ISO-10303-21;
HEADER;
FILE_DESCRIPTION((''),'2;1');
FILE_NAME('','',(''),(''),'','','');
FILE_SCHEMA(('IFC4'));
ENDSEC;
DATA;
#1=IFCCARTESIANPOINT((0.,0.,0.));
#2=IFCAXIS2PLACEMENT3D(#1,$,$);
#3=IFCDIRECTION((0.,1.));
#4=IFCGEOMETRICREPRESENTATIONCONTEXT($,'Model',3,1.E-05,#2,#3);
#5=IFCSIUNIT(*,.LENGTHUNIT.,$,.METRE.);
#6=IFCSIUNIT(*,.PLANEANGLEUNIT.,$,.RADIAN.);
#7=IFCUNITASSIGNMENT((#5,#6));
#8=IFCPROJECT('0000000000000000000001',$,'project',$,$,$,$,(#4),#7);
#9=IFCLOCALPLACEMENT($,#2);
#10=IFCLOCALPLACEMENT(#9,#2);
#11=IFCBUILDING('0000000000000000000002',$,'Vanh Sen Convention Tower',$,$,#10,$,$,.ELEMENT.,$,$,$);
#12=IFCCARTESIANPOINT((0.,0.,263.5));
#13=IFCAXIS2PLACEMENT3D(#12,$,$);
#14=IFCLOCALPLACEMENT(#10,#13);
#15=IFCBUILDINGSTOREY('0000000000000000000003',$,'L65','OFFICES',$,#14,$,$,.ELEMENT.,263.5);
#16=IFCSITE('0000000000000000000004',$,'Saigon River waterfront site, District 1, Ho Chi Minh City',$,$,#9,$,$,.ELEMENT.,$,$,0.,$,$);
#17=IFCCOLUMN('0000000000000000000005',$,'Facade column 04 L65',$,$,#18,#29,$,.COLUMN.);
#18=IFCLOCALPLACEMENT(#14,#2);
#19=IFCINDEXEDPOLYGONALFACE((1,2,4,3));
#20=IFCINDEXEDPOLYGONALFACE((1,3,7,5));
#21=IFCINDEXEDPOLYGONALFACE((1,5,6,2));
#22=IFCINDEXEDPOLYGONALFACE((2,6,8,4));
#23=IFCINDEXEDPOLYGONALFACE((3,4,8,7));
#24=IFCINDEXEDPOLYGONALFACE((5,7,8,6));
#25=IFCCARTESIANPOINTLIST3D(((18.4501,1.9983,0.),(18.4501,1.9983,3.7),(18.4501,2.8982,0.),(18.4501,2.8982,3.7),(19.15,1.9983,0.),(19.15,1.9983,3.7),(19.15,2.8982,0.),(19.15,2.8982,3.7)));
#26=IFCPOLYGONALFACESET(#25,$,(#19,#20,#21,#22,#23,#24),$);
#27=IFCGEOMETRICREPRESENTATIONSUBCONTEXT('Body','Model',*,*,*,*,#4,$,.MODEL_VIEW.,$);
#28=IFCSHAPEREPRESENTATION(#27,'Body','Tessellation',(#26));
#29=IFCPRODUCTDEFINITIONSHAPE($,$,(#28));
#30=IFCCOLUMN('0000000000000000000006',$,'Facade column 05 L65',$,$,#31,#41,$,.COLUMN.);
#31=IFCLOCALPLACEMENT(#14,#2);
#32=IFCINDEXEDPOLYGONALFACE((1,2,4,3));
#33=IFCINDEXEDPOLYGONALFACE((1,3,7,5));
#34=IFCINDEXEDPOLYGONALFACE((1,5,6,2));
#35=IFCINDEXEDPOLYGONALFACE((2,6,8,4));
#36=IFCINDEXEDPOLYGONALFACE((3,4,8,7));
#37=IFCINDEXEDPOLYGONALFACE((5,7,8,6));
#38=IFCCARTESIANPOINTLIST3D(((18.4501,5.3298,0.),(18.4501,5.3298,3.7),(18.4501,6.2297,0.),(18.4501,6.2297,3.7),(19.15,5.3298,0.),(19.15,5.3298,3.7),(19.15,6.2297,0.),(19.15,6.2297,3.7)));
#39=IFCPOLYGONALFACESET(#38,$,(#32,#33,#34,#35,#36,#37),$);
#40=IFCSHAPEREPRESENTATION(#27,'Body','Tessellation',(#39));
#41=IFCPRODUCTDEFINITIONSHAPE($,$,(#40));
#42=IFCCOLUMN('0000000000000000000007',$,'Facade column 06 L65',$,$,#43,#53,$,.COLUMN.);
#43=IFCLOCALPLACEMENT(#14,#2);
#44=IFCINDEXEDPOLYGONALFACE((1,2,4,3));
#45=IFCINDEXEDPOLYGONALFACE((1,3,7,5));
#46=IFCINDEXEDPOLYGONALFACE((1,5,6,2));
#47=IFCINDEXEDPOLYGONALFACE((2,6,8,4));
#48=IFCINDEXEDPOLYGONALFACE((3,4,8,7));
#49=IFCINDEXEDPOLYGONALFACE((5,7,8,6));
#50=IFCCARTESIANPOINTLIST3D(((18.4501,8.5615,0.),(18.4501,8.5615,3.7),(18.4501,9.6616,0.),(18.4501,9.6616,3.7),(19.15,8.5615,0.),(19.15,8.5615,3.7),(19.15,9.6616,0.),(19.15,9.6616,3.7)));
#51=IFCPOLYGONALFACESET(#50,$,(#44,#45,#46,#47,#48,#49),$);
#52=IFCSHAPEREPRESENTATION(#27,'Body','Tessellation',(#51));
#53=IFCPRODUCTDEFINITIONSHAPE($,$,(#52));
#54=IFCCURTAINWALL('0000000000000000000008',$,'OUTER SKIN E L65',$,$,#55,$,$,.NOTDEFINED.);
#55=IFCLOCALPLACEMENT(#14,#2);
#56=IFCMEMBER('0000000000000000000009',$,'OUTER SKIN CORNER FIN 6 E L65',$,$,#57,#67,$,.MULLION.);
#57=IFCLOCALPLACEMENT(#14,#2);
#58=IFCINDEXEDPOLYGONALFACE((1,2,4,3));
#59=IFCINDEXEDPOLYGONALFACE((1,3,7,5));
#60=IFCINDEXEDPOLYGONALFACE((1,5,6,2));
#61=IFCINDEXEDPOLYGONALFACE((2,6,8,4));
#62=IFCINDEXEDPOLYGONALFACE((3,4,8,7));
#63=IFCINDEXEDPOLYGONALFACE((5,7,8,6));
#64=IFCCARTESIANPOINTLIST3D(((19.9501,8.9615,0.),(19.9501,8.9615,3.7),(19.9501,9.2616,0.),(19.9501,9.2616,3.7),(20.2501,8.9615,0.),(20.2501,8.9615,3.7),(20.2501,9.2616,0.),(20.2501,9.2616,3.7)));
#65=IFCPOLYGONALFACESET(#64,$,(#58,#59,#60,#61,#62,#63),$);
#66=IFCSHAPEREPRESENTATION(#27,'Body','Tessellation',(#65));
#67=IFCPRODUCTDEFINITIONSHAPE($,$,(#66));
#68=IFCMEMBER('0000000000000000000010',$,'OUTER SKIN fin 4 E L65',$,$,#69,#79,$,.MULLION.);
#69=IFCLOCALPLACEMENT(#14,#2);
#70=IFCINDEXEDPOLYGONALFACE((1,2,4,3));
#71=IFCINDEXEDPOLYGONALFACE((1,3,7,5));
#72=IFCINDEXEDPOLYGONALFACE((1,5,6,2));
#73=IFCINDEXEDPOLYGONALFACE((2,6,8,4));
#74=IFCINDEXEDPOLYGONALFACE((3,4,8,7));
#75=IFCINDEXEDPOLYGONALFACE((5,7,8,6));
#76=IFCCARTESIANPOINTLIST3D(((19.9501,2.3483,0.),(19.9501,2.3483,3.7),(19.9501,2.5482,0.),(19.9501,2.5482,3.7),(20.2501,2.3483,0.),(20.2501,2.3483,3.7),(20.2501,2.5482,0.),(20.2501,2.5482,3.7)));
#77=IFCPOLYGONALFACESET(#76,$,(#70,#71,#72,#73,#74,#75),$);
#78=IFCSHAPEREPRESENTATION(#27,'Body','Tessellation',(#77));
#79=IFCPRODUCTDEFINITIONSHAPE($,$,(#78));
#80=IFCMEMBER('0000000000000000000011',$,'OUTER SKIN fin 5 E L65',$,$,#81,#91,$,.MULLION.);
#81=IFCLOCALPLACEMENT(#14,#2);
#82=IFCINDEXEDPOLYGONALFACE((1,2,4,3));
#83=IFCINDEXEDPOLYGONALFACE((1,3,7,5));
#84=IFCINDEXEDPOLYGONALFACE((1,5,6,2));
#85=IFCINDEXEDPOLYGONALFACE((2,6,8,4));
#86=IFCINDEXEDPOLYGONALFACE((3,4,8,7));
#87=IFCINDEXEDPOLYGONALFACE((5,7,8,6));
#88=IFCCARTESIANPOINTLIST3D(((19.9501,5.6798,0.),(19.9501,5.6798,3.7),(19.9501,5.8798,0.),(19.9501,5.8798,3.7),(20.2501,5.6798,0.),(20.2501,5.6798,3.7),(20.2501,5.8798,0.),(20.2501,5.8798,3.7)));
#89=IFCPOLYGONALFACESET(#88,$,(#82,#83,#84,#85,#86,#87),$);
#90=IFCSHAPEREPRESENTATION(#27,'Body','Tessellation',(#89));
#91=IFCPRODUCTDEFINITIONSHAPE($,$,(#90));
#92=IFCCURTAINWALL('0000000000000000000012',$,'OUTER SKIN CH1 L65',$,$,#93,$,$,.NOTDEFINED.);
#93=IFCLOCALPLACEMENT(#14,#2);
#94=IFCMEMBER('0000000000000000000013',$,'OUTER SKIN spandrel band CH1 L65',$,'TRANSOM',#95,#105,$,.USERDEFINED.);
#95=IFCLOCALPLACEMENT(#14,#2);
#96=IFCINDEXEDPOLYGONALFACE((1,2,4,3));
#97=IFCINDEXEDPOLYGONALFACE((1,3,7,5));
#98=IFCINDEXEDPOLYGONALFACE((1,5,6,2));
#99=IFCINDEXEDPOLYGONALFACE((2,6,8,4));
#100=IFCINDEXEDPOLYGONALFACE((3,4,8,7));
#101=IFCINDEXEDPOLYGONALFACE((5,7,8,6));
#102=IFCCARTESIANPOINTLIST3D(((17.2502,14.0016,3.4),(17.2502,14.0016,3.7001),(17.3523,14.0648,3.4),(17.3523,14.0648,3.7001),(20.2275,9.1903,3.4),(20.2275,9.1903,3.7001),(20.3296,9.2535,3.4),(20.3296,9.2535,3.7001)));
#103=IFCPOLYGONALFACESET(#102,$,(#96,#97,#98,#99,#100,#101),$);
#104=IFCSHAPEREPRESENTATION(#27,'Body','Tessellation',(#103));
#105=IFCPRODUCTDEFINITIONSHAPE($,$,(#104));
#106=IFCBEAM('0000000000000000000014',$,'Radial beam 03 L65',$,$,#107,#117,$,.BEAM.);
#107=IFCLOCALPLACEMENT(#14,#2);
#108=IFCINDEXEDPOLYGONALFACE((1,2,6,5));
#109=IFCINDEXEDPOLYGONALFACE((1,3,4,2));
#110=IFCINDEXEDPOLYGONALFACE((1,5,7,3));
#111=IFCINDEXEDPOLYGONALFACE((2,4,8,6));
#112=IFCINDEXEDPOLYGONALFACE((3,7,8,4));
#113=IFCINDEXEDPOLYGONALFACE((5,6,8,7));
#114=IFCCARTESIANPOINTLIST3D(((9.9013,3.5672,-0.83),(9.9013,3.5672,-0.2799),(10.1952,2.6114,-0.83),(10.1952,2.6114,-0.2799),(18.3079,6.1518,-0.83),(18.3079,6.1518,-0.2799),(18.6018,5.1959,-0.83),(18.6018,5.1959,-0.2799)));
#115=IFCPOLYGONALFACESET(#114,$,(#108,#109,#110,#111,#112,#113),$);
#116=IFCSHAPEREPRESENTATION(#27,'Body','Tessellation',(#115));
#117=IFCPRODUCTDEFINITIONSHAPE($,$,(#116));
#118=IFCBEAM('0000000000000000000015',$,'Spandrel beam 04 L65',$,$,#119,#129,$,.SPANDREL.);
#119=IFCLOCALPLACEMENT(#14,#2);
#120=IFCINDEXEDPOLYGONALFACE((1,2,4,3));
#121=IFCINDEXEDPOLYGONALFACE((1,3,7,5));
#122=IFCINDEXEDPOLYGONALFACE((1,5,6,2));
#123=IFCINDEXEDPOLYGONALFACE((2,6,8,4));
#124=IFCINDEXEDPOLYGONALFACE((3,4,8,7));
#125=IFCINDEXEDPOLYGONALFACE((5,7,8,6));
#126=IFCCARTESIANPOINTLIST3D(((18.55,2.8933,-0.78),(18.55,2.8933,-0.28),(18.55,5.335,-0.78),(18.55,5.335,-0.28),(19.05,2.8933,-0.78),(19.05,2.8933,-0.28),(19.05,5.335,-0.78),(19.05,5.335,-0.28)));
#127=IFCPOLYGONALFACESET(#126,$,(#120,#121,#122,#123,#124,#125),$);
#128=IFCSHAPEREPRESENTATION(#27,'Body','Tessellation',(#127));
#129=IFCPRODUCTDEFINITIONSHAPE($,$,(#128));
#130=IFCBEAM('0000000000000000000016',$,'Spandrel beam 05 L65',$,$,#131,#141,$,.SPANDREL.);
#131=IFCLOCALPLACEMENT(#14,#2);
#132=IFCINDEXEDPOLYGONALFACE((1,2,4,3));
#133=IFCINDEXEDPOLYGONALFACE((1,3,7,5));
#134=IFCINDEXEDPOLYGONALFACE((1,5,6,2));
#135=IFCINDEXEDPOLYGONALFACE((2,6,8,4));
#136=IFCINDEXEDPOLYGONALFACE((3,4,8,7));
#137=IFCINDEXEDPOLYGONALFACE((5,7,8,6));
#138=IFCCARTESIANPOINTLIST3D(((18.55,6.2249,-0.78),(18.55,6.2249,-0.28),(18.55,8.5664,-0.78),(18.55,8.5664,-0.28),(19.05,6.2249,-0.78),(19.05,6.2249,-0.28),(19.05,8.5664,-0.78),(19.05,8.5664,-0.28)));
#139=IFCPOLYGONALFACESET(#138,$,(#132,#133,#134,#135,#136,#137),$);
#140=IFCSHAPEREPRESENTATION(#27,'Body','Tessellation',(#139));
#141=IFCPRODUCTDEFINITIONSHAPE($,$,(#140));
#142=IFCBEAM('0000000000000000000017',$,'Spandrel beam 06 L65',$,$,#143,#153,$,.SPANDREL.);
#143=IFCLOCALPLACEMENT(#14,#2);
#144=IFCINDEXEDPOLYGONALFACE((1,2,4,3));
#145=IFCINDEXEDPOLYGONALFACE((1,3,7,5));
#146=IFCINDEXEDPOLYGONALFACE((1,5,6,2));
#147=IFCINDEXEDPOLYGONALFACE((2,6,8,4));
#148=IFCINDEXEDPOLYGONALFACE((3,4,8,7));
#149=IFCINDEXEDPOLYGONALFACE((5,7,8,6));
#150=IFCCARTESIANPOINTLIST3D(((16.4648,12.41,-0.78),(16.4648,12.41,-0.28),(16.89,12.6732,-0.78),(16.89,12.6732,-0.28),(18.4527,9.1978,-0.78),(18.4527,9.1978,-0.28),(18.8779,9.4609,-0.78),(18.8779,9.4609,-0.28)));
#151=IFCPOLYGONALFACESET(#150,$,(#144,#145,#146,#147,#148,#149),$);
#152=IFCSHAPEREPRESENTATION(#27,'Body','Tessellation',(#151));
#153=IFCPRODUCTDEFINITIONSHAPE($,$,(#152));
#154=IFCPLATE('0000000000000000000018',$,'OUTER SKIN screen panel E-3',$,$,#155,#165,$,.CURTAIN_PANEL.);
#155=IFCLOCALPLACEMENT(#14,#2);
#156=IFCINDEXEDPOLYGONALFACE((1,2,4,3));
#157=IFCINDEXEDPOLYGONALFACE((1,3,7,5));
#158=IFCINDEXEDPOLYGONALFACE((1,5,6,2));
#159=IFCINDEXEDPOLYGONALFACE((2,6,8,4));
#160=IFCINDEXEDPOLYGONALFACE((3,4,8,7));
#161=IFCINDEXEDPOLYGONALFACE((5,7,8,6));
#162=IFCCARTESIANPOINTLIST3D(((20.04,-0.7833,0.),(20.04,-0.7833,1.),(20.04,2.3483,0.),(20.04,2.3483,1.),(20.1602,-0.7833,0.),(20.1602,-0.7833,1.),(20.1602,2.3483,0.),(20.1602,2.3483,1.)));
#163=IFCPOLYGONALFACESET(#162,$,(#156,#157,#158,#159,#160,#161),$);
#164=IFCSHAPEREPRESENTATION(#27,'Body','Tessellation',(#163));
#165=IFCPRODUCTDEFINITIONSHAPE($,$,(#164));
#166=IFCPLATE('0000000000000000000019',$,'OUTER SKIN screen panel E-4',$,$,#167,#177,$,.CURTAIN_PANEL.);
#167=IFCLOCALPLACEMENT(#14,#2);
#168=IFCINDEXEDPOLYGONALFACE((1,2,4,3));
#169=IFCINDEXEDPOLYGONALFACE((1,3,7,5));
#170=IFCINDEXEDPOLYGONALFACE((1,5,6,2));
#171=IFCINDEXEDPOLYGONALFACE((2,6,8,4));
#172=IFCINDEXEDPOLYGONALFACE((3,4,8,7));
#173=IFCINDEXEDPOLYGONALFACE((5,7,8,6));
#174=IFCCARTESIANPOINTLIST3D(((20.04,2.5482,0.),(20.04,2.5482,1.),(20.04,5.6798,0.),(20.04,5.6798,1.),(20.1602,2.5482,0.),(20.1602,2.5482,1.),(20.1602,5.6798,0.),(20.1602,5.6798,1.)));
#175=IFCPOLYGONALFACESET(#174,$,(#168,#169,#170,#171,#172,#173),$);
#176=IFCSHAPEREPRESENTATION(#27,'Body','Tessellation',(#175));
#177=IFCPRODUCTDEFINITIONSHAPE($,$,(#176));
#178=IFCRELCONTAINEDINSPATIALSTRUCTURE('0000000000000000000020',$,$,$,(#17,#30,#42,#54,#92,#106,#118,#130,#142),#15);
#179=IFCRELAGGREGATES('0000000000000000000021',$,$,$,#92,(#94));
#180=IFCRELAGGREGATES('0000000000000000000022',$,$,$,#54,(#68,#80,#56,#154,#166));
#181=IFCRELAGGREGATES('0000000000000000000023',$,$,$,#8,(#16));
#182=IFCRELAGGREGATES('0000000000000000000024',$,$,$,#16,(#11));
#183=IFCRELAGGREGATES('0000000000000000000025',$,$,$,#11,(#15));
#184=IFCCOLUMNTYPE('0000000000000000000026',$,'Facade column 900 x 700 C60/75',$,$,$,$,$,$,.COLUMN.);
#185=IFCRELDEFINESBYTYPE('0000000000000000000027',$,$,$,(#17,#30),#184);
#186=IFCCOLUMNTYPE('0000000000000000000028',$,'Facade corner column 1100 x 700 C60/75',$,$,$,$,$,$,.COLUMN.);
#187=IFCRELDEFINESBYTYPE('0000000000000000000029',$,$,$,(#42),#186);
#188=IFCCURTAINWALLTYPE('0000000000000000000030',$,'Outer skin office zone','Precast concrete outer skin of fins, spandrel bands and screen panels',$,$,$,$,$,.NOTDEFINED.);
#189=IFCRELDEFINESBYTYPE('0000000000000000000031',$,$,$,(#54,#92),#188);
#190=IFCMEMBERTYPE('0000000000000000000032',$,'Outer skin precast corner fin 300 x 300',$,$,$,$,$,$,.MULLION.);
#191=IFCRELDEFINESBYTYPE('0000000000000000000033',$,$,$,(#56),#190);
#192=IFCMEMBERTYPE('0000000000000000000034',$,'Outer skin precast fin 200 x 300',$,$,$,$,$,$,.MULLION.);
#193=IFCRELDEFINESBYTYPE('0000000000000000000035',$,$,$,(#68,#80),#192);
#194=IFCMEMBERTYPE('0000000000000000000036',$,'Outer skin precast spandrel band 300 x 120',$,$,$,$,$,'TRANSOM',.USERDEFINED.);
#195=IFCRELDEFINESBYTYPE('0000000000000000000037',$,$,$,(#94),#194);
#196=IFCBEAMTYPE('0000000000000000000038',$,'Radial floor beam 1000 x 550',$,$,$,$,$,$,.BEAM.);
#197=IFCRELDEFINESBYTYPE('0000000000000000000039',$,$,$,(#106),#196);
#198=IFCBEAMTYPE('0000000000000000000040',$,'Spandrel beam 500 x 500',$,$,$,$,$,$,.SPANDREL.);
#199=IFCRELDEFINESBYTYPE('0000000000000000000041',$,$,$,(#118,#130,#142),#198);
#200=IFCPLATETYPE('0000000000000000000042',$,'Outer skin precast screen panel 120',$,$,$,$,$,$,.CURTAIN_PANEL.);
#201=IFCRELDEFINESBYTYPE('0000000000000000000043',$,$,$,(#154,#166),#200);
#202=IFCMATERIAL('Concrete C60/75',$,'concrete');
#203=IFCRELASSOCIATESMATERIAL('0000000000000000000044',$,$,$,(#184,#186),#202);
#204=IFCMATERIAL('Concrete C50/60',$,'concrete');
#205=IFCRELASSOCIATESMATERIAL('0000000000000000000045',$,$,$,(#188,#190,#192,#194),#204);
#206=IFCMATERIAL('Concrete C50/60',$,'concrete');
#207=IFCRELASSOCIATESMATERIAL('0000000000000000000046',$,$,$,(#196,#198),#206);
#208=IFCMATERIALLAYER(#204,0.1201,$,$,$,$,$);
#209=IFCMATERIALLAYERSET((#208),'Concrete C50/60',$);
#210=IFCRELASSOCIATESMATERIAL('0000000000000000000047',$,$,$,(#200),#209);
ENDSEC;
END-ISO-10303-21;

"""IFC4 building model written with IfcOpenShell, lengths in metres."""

from ifc_helpers import new_model, si_unit, direction, frame, origin, origin_2d, place, context, subcontext, project, spatial, rectangle, extrude, material, layer, layer_set, material_profile, profile_set, type_object, element, aggregate, save


model = new_model("IFC4")

# Units and contexts
model_context = context("Model", 3, precision=1e-05, world=origin(), true_north=direction((0.0, 1.0)))
body_context = subcontext(model_context, "Body", "Model", "MODEL_VIEW")
ifc_project = project(units=[si_unit("LENGTHUNIT", "METRE"), si_unit("PLANEANGLEUNIT", "RADIAN")], contexts=[model_context])

# Site, building, storey
site_placement = place(None, origin())
site = spatial("IfcSite", under=ifc_project, at=site_placement, Name="Saigon River waterfront site, District 1, Ho Chi Minh City", CompositionType="ELEMENT", RefElevation=0.0)
building_placement = place(site_placement, origin())
building = spatial("IfcBuilding", under=site, at=building_placement, Name="Vanh Sen Convention Tower", CompositionType="ELEMENT")
storey_placement = place(building_placement, frame((0.0, 0.0, 263.5)))
storey = spatial("IfcBuildingStorey", under=building, at=storey_placement, Name="L65", Description="OFFICES", CompositionType="ELEMENT", Elevation=263.5)

# Columns
ifc_material_1 = material(Name="Concrete C60/75", Category="concrete")
ifc_material_profile_1 = material_profile(ifc_material_1, rectangle(XDim=0.8999, YDim=0.7, at=origin_2d()), Name="RC 900X700")
ifc_profile_set_1 = profile_set([ifc_material_profile_1], Name="Concrete C60/75")
column_type_1 = type_object("IfcColumnType", Name="Facade column 900 x 700 C60/75", PredefinedType="COLUMN", material=ifc_profile_set_1)
for number, where, z_axis, x_axis, name in (
    (1, (18.8, 2.4482, 0.0), (0.0, 0.0, 1.0), (0.0, 1.0, 0.0), "Facade column 04 L65"),
    (2, (18.8, 5.7798, 0.0), (0.0, 0.0, 1.0), (0.0, 1.0, 0.0), "Facade column 05 L65"),
):
    element("IfcColumn", number, at=place(storey_placement, frame(where, z_axis=z_axis, x_axis=x_axis)), inside=storey, type_object=column_type_1, Name=name, PredefinedType="COLUMN", context=body_context, shape_type="SweptSolid", body=[
        extrude(rectangle(XDim=0.8999, YDim=0.7, at=origin_2d()), origin(), (0.0, 0.0, 1.0), 3.7),
    ])
ifc_material_profile_2 = material_profile(ifc_material_1, rectangle(XDim=1.1001, YDim=0.7, at=origin_2d()), Name="RC 1100X700")
ifc_profile_set_2 = profile_set([ifc_material_profile_2], Name="Concrete C60/75")
column_type_2 = type_object("IfcColumnType", Name="Facade corner column 1100 x 700 C60/75", PredefinedType="COLUMN", material=ifc_profile_set_2)
column_placement = place(storey_placement, frame((18.8, 9.1116, 0.0), z_axis=(0.0, 0.0, 1.0), x_axis=(0.0, 1.0, 0.0)))
element("IfcColumn", 3, at=column_placement, inside=storey, type_object=column_type_2, Name="Facade column 06 L65", PredefinedType="COLUMN", context=body_context, shape_type="SweptSolid", body=[
    extrude(rectangle(XDim=1.1001, YDim=0.7, at=origin_2d()), origin(), (0.0, 0.0, 1.0), 3.7),
])

# Curtain wall, members
ifc_material_2 = material(Name="Concrete C50/60", Category="concrete")
curtain_wall_type = type_object("IfcCurtainWallType", Name="Outer skin office zone", Description="Precast concrete outer skin of fins, spandrel bands and screen panels", PredefinedType="NOTDEFINED", material=ifc_material_2)
curtain_wall_1_placement = place(storey_placement, origin())
curtain_wall_1 = element("IfcCurtainWall", 4, at=curtain_wall_1_placement, inside=storey, type_object=curtain_wall_type, Name="OUTER SKIN E L65", PredefinedType="NOTDEFINED")
ifc_material_profile_3 = material_profile(ifc_material_2, rectangle(XDim=0.3, YDim=0.3, at=origin_2d()), Name="Outer skin precast corner fin 300 x 300")
ifc_profile_set_3 = profile_set([ifc_material_profile_3], Name="Concrete C50/60")
member_type_1 = type_object("IfcMemberType", Name="Outer skin precast corner fin 300 x 300", PredefinedType="MULLION", material=ifc_profile_set_3)
member_1_placement = place(storey_placement, frame((20.1001, 9.1116, 0.0), z_axis=(0.0, 0.0, 1.0), x_axis=(0.0, 1.0, 0.0)))
member_1 = element("IfcMember", 5, at=member_1_placement, type_object=member_type_1, Name="OUTER SKIN CORNER FIN 6 E L65", PredefinedType="MULLION", context=body_context, shape_type="SweptSolid", body=[
    extrude(rectangle(XDim=0.3, YDim=0.3, at=origin_2d()), origin(), (0.0, 0.0, 1.0), 3.7),
])
ifc_material_profile_4 = material_profile(ifc_material_2, rectangle(XDim=0.2, YDim=0.3, at=origin_2d()), Name="Outer skin precast fin 200 x 300")
ifc_profile_set_4 = profile_set([ifc_material_profile_4], Name="Concrete C50/60")
member_type_2 = type_object("IfcMemberType", Name="Outer skin precast fin 200 x 300", PredefinedType="MULLION", material=ifc_profile_set_4)
member_2_placement = place(storey_placement, frame((20.1001, 2.4482, 0.0), z_axis=(0.0, 0.0, 1.0), x_axis=(0.0, 1.0, 0.0)))
member_2 = element("IfcMember", 6, at=member_2_placement, type_object=member_type_2, Name="OUTER SKIN fin 4 E L65", PredefinedType="MULLION", context=body_context, shape_type="SweptSolid", body=[
    extrude(rectangle(XDim=0.2, YDim=0.3, at=origin_2d()), origin(), (0.0, 0.0, 1.0), 3.7),
])
member_3_placement = place(storey_placement, frame((20.1001, 5.7798, 0.0), z_axis=(0.0, 0.0, 1.0), x_axis=(0.0, 1.0, 0.0)))
member_3 = element("IfcMember", 7, at=member_3_placement, type_object=member_type_2, Name="OUTER SKIN fin 5 E L65", PredefinedType="MULLION", context=body_context, shape_type="SweptSolid", body=[
    extrude(rectangle(XDim=0.2, YDim=0.3, at=origin_2d()), origin(), (0.0, 0.0, 1.0), 3.7),
])

# Curtain wall, member
curtain_wall_2_placement = place(storey_placement, origin())
curtain_wall_2 = element("IfcCurtainWall", 8, at=curtain_wall_2_placement, inside=storey, type_object=curtain_wall_type, Name="OUTER SKIN CH1 L65", PredefinedType="NOTDEFINED")
ifc_material_profile_5 = material_profile(ifc_material_2, rectangle(XDim=0.1201, YDim=0.3, at=origin_2d()), Name="Outer skin precast spandrel band 300 x 120")
ifc_profile_set_5 = profile_set([ifc_material_profile_5], Name="Concrete C50/60")
member_type_3 = type_object("IfcMemberType", Name="Outer skin precast spandrel band 300 x 120", ElementType="TRANSOM", PredefinedType="USERDEFINED", material=ifc_profile_set_5)
member_4_placement = place(storey_placement, frame((20.2786, 9.2219, 3.55), z_axis=(-0.526212, 0.850353, 0.0), x_axis=(-0.850353, -0.526212, 0.0)))
member_4 = element("IfcMember", 9, at=member_4_placement, type_object=member_type_3, Name="OUTER SKIN spandrel band CH1 L65", ObjectType="TRANSOM", PredefinedType="USERDEFINED", context=body_context, shape_type="SweptSolid", body=[
    extrude(rectangle(XDim=0.1201, YDim=0.3, at=origin_2d()), origin(), (0.0, 0.0, 1.0), 5.658),
])
aggregate(curtain_wall_2, [member_4])

# Beams
ifc_material_3 = material(Name="Concrete C50/60", Category="concrete")
ifc_material_profile_6 = material_profile(ifc_material_3, rectangle(XDim=1.0, YDim=0.55, at=origin_2d()), Name="RC 1000X550")
ifc_profile_set_6 = profile_set([ifc_material_profile_6], Name="Concrete C50/60")
beam_type_1 = type_object("IfcBeamType", Name="Radial floor beam 1000 x 550", PredefinedType="BEAM", material=ifc_profile_set_6)
beam_1_placement = place(storey_placement, frame((18.4548, 5.6738, -0.5549), z_axis=(-0.955847, -0.293863, 0.0), x_axis=(0.293863, -0.955847, 0.0)))
element("IfcBeam", 10, at=beam_1_placement, inside=storey, type_object=beam_type_1, Name="Radial beam 03 L65", PredefinedType="BEAM", context=body_context, shape_type="SweptSolid", body=[
    extrude(rectangle(XDim=1.0, YDim=0.55, at=origin_2d()), origin(), (0.0, 0.0, 1.0), 8.7949),
])
ifc_material_profile_7 = material_profile(ifc_material_3, rectangle(XDim=0.5, YDim=0.5, at=origin_2d()), Name="RC 500X500")
ifc_profile_set_7 = profile_set([ifc_material_profile_7], Name="Concrete C50/60")
beam_type_2 = type_object("IfcBeamType", Name="Spandrel beam 500 x 500", PredefinedType="SPANDREL", material=ifc_profile_set_7)
beam_2_placement = place(storey_placement, frame((18.8, 2.8933, -0.53), z_axis=(0.0, 1.0, 0.0), x_axis=(-1.0, 0.0, 0.0)))
element("IfcBeam", 11, at=beam_2_placement, inside=storey, type_object=beam_type_2, Name="Spandrel beam 04 L65", PredefinedType="SPANDREL", context=body_context, shape_type="SweptSolid", body=[
    extrude(rectangle(XDim=0.5, YDim=0.5, at=origin_2d()), origin(), (0.0, 0.0, 1.0), 2.4417),
])
beam_3_placement = place(storey_placement, frame((18.8, 6.2249, -0.53), z_axis=(0.0, 1.0, 0.0), x_axis=(-1.0, 0.0, 0.0)))
element("IfcBeam", 12, at=beam_3_placement, inside=storey, type_object=beam_type_2, Name="Spandrel beam 05 L65", PredefinedType="SPANDREL", context=body_context, shape_type="SweptSolid", body=[
    extrude(rectangle(XDim=0.5, YDim=0.5, at=origin_2d()), origin(), (0.0, 0.0, 1.0), 2.3416),
])
beam_4_placement = place(storey_placement, frame((18.6653, 9.3293, -0.53), z_axis=(-0.526223, 0.850346, 0.0), x_axis=(-0.850346, -0.526223, 0.0)))
element("IfcBeam", 13, at=beam_4_placement, inside=storey, type_object=beam_type_2, Name="Spandrel beam 06 L65", PredefinedType="SPANDREL", context=body_context, shape_type="SweptSolid", body=[
    extrude(rectangle(XDim=0.5, YDim=0.5, at=origin_2d()), origin(), (0.0, 0.0, 1.0), 3.7776),
])

# Plates
ifc_layer_1 = layer(ifc_material_2, 0.1201)
ifc_layer_set_1 = layer_set([ifc_layer_1], Name="Concrete C50/60")
plate_type = type_object("IfcPlateType", Name="Outer skin precast screen panel 120", PredefinedType="CURTAIN_PANEL", material=ifc_layer_set_1)
plate_1_placement = place(storey_placement, frame((20.1001, 0.7825, 0.0), z_axis=(0.0, 0.0, 1.0), x_axis=(0.0, 1.0, 0.0)))
plate_1 = element("IfcPlate", 14, at=plate_1_placement, type_object=plate_type, Name="OUTER SKIN screen panel E-3", PredefinedType="CURTAIN_PANEL", context=body_context, shape_type="SweptSolid", body=[
    extrude(rectangle(XDim=3.1316, YDim=0.1201, at=origin_2d()), origin(), (0.0, 0.0, 1.0), 1.0),
])
plate_2_placement = place(storey_placement, frame((20.1001, 4.114, 0.0), z_axis=(0.0, 0.0, 1.0), x_axis=(0.0, 1.0, 0.0)))
plate_2 = element("IfcPlate", 15, at=plate_2_placement, type_object=plate_type, Name="OUTER SKIN screen panel E-4", PredefinedType="CURTAIN_PANEL", context=body_context, shape_type="SweptSolid", body=[
    extrude(rectangle(XDim=3.1316, YDim=0.1201, at=origin_2d()), origin(), (0.0, 0.0, 1.0), 1.0),
])
aggregate(curtain_wall_1, [member_2, member_3, member_1, plate_1, plate_2])

save(model, "model.ifc")
